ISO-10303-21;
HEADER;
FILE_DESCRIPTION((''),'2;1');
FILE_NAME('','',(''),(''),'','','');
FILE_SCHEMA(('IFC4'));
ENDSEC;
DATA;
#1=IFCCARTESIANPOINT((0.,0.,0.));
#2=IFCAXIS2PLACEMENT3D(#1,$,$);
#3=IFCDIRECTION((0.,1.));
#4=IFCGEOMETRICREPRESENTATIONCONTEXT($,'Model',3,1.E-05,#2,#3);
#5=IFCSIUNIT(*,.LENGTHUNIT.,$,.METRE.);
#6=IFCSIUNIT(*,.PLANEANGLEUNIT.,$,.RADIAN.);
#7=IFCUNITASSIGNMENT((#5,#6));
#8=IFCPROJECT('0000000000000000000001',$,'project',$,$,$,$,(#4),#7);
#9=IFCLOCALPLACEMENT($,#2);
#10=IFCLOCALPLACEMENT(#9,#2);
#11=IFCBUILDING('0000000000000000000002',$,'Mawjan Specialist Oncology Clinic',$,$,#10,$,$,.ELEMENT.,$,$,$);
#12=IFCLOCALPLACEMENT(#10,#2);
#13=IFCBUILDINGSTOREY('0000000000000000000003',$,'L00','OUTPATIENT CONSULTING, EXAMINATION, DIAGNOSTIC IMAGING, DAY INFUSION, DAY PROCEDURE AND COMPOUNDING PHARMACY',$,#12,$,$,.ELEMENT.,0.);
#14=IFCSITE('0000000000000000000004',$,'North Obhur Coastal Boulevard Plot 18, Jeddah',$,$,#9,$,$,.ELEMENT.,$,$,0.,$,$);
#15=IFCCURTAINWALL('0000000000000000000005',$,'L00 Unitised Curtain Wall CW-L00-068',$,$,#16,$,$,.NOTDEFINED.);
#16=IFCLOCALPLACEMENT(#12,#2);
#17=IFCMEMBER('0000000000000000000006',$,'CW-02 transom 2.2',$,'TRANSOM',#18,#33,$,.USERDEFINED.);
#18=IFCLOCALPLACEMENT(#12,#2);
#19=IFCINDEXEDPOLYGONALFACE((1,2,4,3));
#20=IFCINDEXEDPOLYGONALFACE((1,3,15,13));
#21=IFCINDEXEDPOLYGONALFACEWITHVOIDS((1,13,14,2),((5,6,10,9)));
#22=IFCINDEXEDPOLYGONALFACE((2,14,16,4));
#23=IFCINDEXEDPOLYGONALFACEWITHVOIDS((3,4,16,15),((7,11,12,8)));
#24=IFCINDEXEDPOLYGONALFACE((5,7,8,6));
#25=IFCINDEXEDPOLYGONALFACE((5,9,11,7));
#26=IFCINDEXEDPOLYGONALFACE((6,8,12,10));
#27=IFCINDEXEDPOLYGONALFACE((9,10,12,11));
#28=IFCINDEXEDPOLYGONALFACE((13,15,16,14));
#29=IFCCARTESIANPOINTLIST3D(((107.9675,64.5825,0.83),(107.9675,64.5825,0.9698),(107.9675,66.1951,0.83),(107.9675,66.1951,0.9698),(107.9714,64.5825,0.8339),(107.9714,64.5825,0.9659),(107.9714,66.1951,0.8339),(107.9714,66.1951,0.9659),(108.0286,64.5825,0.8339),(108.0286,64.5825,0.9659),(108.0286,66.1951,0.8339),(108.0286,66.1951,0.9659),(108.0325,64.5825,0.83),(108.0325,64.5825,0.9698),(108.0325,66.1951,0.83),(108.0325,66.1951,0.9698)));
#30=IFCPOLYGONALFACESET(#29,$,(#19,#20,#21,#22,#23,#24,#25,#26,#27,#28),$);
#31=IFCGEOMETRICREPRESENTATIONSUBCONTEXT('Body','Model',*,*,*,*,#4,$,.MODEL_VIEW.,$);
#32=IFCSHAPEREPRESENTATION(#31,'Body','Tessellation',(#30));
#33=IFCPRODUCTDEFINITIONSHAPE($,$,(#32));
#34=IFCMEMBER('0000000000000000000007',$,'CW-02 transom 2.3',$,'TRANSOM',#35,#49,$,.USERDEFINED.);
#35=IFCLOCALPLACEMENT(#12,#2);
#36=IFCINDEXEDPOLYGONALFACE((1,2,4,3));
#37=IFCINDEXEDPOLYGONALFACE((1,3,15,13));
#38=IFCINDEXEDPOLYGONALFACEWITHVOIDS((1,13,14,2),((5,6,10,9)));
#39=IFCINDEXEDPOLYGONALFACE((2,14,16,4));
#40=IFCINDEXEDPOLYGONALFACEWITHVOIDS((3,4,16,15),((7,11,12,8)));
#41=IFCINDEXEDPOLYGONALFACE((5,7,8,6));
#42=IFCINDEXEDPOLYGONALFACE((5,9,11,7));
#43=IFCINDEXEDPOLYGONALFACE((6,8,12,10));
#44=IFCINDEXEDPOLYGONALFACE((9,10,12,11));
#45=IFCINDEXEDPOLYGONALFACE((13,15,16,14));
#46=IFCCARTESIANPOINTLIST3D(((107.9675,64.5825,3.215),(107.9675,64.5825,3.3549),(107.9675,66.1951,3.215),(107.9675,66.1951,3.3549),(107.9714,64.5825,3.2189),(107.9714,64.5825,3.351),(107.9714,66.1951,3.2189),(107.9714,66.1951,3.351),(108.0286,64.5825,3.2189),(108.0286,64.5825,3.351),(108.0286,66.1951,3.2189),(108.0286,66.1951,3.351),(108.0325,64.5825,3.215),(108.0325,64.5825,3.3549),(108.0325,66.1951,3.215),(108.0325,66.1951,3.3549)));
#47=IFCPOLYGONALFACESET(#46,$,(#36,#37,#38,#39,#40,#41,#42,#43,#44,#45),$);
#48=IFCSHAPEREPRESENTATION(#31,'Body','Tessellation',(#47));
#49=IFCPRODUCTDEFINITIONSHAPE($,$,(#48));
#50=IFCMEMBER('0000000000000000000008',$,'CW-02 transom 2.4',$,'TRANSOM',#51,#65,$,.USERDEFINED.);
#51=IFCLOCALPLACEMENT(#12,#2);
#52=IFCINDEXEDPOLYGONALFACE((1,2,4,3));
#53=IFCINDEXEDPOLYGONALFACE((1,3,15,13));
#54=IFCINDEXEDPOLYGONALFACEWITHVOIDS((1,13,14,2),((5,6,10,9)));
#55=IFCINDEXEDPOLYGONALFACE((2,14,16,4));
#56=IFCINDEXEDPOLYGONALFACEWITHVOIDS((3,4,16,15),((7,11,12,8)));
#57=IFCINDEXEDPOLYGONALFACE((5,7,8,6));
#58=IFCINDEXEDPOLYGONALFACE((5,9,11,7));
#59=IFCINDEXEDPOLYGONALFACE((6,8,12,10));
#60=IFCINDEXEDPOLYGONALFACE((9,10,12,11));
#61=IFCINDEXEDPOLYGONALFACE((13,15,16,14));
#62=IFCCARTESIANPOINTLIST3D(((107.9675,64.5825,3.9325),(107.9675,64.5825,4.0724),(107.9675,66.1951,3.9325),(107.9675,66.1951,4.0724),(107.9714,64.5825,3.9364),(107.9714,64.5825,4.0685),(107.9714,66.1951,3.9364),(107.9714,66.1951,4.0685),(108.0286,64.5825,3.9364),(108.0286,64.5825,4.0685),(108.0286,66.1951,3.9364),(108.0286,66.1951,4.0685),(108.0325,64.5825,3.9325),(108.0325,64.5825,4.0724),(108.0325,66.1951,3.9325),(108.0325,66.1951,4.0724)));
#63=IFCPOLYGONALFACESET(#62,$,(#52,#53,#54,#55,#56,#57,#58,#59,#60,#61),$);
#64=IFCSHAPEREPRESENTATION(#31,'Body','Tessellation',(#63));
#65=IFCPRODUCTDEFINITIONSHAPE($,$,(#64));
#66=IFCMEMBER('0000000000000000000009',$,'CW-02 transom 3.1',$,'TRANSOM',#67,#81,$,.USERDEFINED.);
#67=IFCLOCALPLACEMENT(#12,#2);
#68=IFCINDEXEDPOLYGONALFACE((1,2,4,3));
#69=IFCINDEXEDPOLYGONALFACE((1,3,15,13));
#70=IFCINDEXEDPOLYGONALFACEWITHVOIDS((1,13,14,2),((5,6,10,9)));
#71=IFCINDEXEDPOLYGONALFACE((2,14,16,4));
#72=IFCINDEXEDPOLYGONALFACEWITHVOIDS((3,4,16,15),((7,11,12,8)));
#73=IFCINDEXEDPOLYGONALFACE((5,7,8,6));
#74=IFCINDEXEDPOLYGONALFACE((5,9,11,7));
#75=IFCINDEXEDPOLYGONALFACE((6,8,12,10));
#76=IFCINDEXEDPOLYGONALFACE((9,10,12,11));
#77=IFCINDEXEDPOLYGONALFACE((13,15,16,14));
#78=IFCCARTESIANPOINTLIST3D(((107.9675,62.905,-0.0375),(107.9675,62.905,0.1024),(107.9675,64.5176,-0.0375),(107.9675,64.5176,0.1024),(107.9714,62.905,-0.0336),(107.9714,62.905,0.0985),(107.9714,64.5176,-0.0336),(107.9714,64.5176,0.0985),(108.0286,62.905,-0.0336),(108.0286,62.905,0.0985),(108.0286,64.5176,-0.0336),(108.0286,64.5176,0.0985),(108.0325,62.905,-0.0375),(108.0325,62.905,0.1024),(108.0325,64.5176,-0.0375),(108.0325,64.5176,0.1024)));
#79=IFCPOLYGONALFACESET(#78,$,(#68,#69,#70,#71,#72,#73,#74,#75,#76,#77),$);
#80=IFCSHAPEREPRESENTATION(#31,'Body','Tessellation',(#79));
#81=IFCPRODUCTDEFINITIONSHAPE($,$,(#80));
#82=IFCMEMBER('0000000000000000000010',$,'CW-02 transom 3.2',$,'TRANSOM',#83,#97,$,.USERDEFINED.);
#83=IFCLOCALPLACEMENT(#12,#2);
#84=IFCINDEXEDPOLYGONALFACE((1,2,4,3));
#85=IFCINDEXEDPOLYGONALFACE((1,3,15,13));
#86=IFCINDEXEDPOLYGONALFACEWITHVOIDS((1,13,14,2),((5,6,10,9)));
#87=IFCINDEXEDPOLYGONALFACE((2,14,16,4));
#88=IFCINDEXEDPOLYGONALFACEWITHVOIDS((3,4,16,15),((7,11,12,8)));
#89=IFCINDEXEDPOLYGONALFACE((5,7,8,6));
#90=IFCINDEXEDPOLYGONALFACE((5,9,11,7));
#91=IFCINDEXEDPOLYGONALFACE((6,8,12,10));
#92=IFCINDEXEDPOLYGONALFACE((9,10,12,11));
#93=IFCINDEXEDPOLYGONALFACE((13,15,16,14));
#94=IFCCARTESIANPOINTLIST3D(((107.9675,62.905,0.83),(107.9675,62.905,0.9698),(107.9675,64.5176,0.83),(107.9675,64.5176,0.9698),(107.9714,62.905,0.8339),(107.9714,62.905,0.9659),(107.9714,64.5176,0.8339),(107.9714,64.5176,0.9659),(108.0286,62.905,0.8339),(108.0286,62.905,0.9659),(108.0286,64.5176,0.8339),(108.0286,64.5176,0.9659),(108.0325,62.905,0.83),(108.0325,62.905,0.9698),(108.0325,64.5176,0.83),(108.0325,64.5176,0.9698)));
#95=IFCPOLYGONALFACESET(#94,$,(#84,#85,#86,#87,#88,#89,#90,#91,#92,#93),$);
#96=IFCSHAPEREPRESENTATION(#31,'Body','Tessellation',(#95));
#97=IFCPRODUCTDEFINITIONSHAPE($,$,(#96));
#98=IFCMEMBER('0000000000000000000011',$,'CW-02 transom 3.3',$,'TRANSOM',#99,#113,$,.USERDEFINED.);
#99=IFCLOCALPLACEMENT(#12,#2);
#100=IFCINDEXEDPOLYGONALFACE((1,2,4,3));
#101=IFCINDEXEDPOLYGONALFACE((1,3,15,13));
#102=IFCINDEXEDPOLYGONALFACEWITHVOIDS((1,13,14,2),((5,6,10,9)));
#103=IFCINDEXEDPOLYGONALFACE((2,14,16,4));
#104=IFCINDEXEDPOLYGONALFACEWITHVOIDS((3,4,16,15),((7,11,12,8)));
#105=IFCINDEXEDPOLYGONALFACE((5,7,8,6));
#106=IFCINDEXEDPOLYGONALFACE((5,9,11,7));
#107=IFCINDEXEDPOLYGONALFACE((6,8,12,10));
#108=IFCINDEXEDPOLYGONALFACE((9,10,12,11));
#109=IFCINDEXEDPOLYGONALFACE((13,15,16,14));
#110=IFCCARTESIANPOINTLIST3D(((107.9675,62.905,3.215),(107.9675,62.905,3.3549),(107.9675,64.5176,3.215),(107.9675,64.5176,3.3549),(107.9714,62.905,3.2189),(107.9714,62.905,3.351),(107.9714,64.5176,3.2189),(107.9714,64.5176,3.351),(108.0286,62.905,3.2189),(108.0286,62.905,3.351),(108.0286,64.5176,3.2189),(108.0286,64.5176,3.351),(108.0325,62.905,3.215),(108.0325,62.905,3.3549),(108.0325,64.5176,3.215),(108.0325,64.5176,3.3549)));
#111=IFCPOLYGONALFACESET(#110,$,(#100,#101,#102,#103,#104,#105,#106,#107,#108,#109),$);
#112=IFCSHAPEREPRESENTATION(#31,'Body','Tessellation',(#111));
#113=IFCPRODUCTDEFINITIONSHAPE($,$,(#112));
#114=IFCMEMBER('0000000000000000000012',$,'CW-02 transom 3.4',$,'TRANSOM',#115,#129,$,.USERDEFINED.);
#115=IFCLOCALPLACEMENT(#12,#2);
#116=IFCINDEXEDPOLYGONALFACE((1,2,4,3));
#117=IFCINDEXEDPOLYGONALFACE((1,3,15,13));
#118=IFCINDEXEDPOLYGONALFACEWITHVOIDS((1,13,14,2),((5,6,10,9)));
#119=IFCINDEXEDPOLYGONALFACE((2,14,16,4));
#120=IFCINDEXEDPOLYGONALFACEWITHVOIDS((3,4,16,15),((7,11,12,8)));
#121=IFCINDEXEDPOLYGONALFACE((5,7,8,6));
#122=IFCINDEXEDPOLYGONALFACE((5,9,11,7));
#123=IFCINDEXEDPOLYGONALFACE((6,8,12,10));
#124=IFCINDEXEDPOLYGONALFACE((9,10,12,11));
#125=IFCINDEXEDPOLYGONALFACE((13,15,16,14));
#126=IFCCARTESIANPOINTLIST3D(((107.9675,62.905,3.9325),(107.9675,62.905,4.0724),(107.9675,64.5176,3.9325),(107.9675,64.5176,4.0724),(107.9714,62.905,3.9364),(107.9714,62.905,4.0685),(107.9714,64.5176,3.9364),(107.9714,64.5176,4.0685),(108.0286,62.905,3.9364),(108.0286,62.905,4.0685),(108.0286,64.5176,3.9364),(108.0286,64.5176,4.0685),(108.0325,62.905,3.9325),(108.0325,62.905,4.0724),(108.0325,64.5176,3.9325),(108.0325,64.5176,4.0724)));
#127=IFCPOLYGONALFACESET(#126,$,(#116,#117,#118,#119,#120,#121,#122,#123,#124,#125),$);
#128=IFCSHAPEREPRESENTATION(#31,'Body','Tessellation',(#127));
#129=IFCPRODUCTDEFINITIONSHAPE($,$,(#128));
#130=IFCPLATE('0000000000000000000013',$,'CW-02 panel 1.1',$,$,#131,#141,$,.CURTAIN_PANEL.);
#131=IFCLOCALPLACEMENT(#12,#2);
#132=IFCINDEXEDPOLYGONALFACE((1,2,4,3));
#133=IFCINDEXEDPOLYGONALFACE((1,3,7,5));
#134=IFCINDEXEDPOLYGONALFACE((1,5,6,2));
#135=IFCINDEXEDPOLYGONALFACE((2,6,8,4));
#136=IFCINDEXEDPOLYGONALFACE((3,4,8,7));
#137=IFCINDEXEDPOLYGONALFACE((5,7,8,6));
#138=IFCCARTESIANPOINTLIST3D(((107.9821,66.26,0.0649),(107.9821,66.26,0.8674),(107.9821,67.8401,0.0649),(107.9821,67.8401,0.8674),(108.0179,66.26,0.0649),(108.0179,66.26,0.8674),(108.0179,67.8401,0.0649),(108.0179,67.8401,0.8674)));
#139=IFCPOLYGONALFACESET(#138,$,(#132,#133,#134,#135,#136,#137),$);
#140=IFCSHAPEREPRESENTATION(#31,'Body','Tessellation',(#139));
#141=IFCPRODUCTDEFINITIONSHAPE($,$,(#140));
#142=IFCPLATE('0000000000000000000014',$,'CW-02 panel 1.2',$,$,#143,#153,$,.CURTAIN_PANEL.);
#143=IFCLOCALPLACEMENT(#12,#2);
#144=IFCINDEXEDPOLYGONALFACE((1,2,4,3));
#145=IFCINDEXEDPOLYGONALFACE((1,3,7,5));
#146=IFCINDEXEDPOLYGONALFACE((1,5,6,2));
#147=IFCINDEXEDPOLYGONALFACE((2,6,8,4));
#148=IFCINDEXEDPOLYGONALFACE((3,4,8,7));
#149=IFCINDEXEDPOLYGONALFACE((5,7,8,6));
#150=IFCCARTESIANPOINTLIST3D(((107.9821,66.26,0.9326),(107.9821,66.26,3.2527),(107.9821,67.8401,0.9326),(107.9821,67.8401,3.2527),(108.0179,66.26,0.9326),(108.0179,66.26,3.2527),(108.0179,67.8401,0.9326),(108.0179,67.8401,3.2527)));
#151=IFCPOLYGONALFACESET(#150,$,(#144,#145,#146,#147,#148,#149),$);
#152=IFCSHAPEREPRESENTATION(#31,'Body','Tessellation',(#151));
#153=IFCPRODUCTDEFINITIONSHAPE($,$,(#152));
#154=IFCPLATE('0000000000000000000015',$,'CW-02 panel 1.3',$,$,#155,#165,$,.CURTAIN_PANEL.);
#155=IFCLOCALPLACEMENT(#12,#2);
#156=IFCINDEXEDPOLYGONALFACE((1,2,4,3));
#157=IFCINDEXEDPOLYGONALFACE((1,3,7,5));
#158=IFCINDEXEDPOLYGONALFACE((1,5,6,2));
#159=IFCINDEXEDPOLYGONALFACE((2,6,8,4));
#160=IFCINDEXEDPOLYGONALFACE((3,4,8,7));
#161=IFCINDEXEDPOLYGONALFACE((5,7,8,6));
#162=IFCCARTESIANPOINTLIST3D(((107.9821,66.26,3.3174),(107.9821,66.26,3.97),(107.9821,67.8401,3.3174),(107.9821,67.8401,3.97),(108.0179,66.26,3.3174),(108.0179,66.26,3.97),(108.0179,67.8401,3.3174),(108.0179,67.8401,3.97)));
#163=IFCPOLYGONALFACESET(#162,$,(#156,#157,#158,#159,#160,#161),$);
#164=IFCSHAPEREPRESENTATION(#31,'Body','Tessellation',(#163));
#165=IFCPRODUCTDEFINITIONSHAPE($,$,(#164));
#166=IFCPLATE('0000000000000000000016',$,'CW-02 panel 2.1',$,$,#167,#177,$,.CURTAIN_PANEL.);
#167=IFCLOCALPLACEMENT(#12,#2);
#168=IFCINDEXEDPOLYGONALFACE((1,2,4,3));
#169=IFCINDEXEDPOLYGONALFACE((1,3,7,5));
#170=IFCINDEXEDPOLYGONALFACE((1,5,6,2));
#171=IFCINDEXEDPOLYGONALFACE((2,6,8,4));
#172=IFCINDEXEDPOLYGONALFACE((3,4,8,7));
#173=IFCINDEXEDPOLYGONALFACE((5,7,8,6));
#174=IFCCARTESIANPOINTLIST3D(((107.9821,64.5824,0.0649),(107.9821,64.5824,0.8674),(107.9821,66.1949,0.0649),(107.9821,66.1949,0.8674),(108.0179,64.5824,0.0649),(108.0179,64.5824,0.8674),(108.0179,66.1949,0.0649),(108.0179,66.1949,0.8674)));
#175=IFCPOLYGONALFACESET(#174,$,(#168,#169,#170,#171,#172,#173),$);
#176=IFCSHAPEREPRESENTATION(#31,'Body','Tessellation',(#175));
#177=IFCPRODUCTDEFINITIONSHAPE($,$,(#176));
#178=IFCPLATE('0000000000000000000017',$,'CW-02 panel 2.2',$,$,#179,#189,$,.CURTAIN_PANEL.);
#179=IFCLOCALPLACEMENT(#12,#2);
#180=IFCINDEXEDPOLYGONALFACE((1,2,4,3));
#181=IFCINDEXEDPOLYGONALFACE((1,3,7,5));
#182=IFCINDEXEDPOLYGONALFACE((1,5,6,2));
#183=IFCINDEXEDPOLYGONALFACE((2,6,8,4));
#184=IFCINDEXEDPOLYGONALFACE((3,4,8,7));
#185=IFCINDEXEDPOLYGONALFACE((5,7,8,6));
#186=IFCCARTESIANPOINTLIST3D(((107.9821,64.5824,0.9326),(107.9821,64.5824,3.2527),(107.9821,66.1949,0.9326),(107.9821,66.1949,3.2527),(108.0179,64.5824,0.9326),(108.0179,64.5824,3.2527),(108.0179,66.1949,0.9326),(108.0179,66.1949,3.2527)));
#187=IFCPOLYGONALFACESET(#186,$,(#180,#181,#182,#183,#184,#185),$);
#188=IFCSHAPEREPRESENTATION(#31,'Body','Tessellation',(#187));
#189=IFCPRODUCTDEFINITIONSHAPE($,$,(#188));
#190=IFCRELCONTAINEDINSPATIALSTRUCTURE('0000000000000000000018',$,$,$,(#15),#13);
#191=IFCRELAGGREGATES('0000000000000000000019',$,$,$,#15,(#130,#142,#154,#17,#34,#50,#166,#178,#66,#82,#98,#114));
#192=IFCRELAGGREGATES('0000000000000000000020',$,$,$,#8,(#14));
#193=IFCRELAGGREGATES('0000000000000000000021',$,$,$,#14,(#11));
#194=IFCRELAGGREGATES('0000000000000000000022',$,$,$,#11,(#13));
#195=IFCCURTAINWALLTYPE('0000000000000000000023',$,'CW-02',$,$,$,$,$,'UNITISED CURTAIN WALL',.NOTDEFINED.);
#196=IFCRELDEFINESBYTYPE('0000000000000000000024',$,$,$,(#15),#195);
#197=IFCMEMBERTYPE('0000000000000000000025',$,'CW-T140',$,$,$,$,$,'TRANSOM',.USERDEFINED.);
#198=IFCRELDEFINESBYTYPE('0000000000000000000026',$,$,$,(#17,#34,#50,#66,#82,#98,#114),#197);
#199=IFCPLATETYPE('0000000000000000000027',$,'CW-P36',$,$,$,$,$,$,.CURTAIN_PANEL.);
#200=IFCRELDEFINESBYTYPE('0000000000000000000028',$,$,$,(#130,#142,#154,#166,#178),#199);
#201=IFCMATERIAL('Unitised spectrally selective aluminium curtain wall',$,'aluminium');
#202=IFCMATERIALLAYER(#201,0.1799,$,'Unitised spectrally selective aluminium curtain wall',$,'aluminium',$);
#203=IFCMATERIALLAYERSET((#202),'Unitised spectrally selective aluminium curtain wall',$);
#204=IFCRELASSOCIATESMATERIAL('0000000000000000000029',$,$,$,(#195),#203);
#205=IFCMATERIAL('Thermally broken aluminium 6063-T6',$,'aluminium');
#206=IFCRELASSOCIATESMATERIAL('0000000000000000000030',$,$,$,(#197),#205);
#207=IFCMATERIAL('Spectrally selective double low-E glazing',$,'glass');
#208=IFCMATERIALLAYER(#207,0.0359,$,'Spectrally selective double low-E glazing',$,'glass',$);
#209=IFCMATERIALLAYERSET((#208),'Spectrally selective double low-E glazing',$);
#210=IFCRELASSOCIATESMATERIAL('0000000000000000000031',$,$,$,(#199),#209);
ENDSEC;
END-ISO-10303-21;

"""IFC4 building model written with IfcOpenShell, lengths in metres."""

from ifc_helpers import new_model, si_unit, direction, frame, origin, origin_2d, place, context, subcontext, project, spatial, rectangle, hollow_rectangle, extrude, material, layer, layer_set, material_profile, profile_set, type_object, element, aggregate, save


model = new_model("IFC4")

# Units and contexts
model_context = context("Model", 3, precision=1e-05, world=origin(), true_north=direction((0.0, 1.0)))
body_context = subcontext(model_context, "Body", "Model", "MODEL_VIEW")
ifc_project = project(units=[si_unit("LENGTHUNIT", "METRE"), si_unit("PLANEANGLEUNIT", "RADIAN")], contexts=[model_context])

# Site, building, storey
site_placement = place(None, origin())
site = spatial("IfcSite", under=ifc_project, at=site_placement, Name="North Obhur Coastal Boulevard Plot 18, Jeddah", CompositionType="ELEMENT", RefElevation=0.0)
building_placement = place(site_placement, origin())
building = spatial("IfcBuilding", under=site, at=building_placement, Name="Mawjan Specialist Oncology Clinic", CompositionType="ELEMENT")
storey_placement = place(building_placement, origin())
storey = spatial("IfcBuildingStorey", under=building, at=storey_placement, Name="L00", Description="OUTPATIENT CONSULTING, EXAMINATION, DIAGNOSTIC IMAGING, DAY INFUSION, DAY PROCEDURE AND COMPOUNDING PHARMACY", CompositionType="ELEMENT", Elevation=0.0)

# Curtain wall, members, plates
ifc_material_1 = material(Name="Unitised spectrally selective aluminium curtain wall", Category="aluminium")
ifc_layer_1 = layer(ifc_material_1, 0.1799, Name="Unitised spectrally selective aluminium curtain wall", Category="aluminium")
ifc_layer_set_1 = layer_set([ifc_layer_1], Name="Unitised spectrally selective aluminium curtain wall")
curtain_wall_type = type_object("IfcCurtainWallType", Name="CW-02", ElementType="UNITISED CURTAIN WALL", PredefinedType="NOTDEFINED", material=ifc_layer_set_1)
curtain_wall_placement = place(storey_placement, origin())
curtain_wall = element("IfcCurtainWall", 1, at=curtain_wall_placement, inside=storey, type_object=curtain_wall_type, Name="L00 Unitised Curtain Wall CW-L00-068", PredefinedType="NOTDEFINED")
ifc_material_2 = material(Name="Thermally broken aluminium 6063-T6", Category="aluminium")
ifc_material_profile_1 = material_profile(ifc_material_2, hollow_rectangle(XDim=0.0649, YDim=0.1399, WallThickness=0.0039, at=origin_2d()), Name="ALU TRANSOM 140x65x4", Category="aluminium")
ifc_profile_set_1 = profile_set([ifc_material_profile_1], Name="Thermally broken aluminium 6063-T6")
member_type_1 = type_object("IfcMemberType", Name="CW-T140", ElementType="TRANSOM", PredefinedType="USERDEFINED", material=ifc_profile_set_1)
member_1_placement = place(storey_placement, frame((108.0, 66.1951, 0.8999), z_axis=(0.0, -1.0, 0.0), x_axis=(1.0, 0.0, 0.0)))
member_1 = element("IfcMember", 2, at=member_1_placement, type_object=member_type_1, Name="CW-02 transom 2.2", ObjectType="TRANSOM", PredefinedType="USERDEFINED", context=body_context, shape_type="SweptSolid", body=[
    extrude(hollow_rectangle(XDim=0.0649, YDim=0.1399, WallThickness=0.0039, at=origin_2d()), origin(), (0.0, 0.0, 1.0), 1.6125),
])
member_2_placement = place(storey_placement, frame((108.0, 66.1951, 3.2849), z_axis=(0.0, -1.0, 0.0), x_axis=(1.0, 0.0, 0.0)))
member_2 = element("IfcMember", 3, at=member_2_placement, type_object=member_type_1, Name="CW-02 transom 2.3", ObjectType="TRANSOM", PredefinedType="USERDEFINED", context=body_context, shape_type="SweptSolid", body=[
    extrude(hollow_rectangle(XDim=0.0649, YDim=0.1399, WallThickness=0.0039, at=origin_2d()), origin(), (0.0, 0.0, 1.0), 1.6125),
])
member_3_placement = place(storey_placement, frame((108.0, 66.1951, 4.0024), z_axis=(0.0, -1.0, 0.0), x_axis=(1.0, 0.0, 0.0)))
member_3 = element("IfcMember", 4, at=member_3_placement, type_object=member_type_1, Name="CW-02 transom 2.4", ObjectType="TRANSOM", PredefinedType="USERDEFINED", context=body_context, shape_type="SweptSolid", body=[
    extrude(hollow_rectangle(XDim=0.0649, YDim=0.1399, WallThickness=0.0039, at=origin_2d()), origin(), (0.0, 0.0, 1.0), 1.6125),
])
member_4_placement = place(storey_placement, frame((108.0, 64.5176, 0.0325), z_axis=(0.0, -1.0, 0.0), x_axis=(1.0, 0.0, 0.0)))
member_4 = element("IfcMember", 5, at=member_4_placement, type_object=member_type_1, Name="CW-02 transom 3.1", ObjectType="TRANSOM", PredefinedType="USERDEFINED", context=body_context, shape_type="SweptSolid", body=[
    extrude(hollow_rectangle(XDim=0.0649, YDim=0.1399, WallThickness=0.0039, at=origin_2d()), origin(), (0.0, 0.0, 1.0), 1.6125),
])
member_5_placement = place(storey_placement, frame((108.0, 64.5176, 0.8999), z_axis=(0.0, -1.0, 0.0), x_axis=(1.0, 0.0, 0.0)))
member_5 = element("IfcMember", 6, at=member_5_placement, type_object=member_type_1, Name="CW-02 transom 3.2", ObjectType="TRANSOM", PredefinedType="USERDEFINED", context=body_context, shape_type="SweptSolid", body=[
    extrude(hollow_rectangle(XDim=0.0649, YDim=0.1399, WallThickness=0.0039, at=origin_2d()), origin(), (0.0, 0.0, 1.0), 1.6125),
])
member_6_placement = place(storey_placement, frame((108.0, 64.5176, 3.2849), z_axis=(0.0, -1.0, 0.0), x_axis=(1.0, 0.0, 0.0)))
member_6 = element("IfcMember", 7, at=member_6_placement, type_object=member_type_1, Name="CW-02 transom 3.3", ObjectType="TRANSOM", PredefinedType="USERDEFINED", context=body_context, shape_type="SweptSolid", body=[
    extrude(hollow_rectangle(XDim=0.0649, YDim=0.1399, WallThickness=0.0039, at=origin_2d()), origin(), (0.0, 0.0, 1.0), 1.6125),
])
member_7_placement = place(storey_placement, frame((108.0, 64.5176, 4.0024), z_axis=(0.0, -1.0, 0.0), x_axis=(1.0, 0.0, 0.0)))
member_7 = element("IfcMember", 8, at=member_7_placement, type_object=member_type_1, Name="CW-02 transom 3.4", ObjectType="TRANSOM", PredefinedType="USERDEFINED", context=body_context, shape_type="SweptSolid", body=[
    extrude(hollow_rectangle(XDim=0.0649, YDim=0.1399, WallThickness=0.0039, at=origin_2d()), origin(), (0.0, 0.0, 1.0), 1.6125),
])
ifc_material_3 = material(Name="Spectrally selective double low-E glazing", Category="glass")
ifc_layer_2 = layer(ifc_material_3, 0.0359, Name="Spectrally selective double low-E glazing", Category="glass")
ifc_layer_set_2 = layer_set([ifc_layer_2], Name="Spectrally selective double low-E glazing")
plate_type = type_object("IfcPlateType", Name="CW-P36", PredefinedType="CURTAIN_PANEL", material=ifc_layer_set_2)
plate_1_placement = place(storey_placement, frame((108.0, 67.05, 0.0649), z_axis=(0.0, 0.0, 1.0), x_axis=(0.0, -1.0, 0.0)))
plate_1 = element("IfcPlate", 9, at=plate_1_placement, type_object=plate_type, Name="CW-02 panel 1.1", PredefinedType="CURTAIN_PANEL", context=body_context, shape_type="SweptSolid", body=[
    extrude(rectangle(XDim=1.5801, YDim=0.0359, at=origin_2d()), origin(), (0.0, 0.0, 1.0), 0.8025),
])
plate_2_placement = place(storey_placement, frame((108.0, 67.05, 0.9326), z_axis=(0.0, 0.0, 1.0), x_axis=(0.0, -1.0, 0.0)))
plate_2 = element("IfcPlate", 10, at=plate_2_placement, type_object=plate_type, Name="CW-02 panel 1.2", PredefinedType="CURTAIN_PANEL", context=body_context, shape_type="SweptSolid", body=[
    extrude(rectangle(XDim=1.5801, YDim=0.0359, at=origin_2d()), origin(), (0.0, 0.0, 1.0), 2.3201),
])
plate_3_placement = place(storey_placement, frame((108.0, 67.05, 3.3174), z_axis=(0.0, 0.0, 1.0), x_axis=(0.0, -1.0, 0.0)))
plate_3 = element("IfcPlate", 11, at=plate_3_placement, type_object=plate_type, Name="CW-02 panel 1.3", PredefinedType="CURTAIN_PANEL", context=body_context, shape_type="SweptSolid", body=[
    extrude(rectangle(XDim=1.5801, YDim=0.0359, at=origin_2d()), origin(), (0.0, 0.0, 1.0), 0.6526),
])
plate_4_placement = place(storey_placement, frame((108.0, 65.3887, 0.0649), z_axis=(0.0, 0.0, 1.0), x_axis=(0.0, -1.0, 0.0)))
plate_4 = element("IfcPlate", 12, at=plate_4_placement, type_object=plate_type, Name="CW-02 panel 2.1", PredefinedType="CURTAIN_PANEL", context=body_context, shape_type="SweptSolid", body=[
    extrude(rectangle(XDim=1.6125, YDim=0.0359, at=origin_2d()), origin(), (0.0, 0.0, 1.0), 0.8025),
])
plate_5_placement = place(storey_placement, frame((108.0, 65.3887, 0.9326), z_axis=(0.0, 0.0, 1.0), x_axis=(0.0, -1.0, 0.0)))
plate_5 = element("IfcPlate", 13, at=plate_5_placement, type_object=plate_type, Name="CW-02 panel 2.2", PredefinedType="CURTAIN_PANEL", context=body_context, shape_type="SweptSolid", body=[
    extrude(rectangle(XDim=1.6125, YDim=0.0359, at=origin_2d()), origin(), (0.0, 0.0, 1.0), 2.3201),
])
aggregate(curtain_wall, [plate_1, plate_2, plate_3, member_1, member_2, member_3, plate_4, plate_5, member_4, member_5, member_6, member_7])

save(model, "model.ifc")
